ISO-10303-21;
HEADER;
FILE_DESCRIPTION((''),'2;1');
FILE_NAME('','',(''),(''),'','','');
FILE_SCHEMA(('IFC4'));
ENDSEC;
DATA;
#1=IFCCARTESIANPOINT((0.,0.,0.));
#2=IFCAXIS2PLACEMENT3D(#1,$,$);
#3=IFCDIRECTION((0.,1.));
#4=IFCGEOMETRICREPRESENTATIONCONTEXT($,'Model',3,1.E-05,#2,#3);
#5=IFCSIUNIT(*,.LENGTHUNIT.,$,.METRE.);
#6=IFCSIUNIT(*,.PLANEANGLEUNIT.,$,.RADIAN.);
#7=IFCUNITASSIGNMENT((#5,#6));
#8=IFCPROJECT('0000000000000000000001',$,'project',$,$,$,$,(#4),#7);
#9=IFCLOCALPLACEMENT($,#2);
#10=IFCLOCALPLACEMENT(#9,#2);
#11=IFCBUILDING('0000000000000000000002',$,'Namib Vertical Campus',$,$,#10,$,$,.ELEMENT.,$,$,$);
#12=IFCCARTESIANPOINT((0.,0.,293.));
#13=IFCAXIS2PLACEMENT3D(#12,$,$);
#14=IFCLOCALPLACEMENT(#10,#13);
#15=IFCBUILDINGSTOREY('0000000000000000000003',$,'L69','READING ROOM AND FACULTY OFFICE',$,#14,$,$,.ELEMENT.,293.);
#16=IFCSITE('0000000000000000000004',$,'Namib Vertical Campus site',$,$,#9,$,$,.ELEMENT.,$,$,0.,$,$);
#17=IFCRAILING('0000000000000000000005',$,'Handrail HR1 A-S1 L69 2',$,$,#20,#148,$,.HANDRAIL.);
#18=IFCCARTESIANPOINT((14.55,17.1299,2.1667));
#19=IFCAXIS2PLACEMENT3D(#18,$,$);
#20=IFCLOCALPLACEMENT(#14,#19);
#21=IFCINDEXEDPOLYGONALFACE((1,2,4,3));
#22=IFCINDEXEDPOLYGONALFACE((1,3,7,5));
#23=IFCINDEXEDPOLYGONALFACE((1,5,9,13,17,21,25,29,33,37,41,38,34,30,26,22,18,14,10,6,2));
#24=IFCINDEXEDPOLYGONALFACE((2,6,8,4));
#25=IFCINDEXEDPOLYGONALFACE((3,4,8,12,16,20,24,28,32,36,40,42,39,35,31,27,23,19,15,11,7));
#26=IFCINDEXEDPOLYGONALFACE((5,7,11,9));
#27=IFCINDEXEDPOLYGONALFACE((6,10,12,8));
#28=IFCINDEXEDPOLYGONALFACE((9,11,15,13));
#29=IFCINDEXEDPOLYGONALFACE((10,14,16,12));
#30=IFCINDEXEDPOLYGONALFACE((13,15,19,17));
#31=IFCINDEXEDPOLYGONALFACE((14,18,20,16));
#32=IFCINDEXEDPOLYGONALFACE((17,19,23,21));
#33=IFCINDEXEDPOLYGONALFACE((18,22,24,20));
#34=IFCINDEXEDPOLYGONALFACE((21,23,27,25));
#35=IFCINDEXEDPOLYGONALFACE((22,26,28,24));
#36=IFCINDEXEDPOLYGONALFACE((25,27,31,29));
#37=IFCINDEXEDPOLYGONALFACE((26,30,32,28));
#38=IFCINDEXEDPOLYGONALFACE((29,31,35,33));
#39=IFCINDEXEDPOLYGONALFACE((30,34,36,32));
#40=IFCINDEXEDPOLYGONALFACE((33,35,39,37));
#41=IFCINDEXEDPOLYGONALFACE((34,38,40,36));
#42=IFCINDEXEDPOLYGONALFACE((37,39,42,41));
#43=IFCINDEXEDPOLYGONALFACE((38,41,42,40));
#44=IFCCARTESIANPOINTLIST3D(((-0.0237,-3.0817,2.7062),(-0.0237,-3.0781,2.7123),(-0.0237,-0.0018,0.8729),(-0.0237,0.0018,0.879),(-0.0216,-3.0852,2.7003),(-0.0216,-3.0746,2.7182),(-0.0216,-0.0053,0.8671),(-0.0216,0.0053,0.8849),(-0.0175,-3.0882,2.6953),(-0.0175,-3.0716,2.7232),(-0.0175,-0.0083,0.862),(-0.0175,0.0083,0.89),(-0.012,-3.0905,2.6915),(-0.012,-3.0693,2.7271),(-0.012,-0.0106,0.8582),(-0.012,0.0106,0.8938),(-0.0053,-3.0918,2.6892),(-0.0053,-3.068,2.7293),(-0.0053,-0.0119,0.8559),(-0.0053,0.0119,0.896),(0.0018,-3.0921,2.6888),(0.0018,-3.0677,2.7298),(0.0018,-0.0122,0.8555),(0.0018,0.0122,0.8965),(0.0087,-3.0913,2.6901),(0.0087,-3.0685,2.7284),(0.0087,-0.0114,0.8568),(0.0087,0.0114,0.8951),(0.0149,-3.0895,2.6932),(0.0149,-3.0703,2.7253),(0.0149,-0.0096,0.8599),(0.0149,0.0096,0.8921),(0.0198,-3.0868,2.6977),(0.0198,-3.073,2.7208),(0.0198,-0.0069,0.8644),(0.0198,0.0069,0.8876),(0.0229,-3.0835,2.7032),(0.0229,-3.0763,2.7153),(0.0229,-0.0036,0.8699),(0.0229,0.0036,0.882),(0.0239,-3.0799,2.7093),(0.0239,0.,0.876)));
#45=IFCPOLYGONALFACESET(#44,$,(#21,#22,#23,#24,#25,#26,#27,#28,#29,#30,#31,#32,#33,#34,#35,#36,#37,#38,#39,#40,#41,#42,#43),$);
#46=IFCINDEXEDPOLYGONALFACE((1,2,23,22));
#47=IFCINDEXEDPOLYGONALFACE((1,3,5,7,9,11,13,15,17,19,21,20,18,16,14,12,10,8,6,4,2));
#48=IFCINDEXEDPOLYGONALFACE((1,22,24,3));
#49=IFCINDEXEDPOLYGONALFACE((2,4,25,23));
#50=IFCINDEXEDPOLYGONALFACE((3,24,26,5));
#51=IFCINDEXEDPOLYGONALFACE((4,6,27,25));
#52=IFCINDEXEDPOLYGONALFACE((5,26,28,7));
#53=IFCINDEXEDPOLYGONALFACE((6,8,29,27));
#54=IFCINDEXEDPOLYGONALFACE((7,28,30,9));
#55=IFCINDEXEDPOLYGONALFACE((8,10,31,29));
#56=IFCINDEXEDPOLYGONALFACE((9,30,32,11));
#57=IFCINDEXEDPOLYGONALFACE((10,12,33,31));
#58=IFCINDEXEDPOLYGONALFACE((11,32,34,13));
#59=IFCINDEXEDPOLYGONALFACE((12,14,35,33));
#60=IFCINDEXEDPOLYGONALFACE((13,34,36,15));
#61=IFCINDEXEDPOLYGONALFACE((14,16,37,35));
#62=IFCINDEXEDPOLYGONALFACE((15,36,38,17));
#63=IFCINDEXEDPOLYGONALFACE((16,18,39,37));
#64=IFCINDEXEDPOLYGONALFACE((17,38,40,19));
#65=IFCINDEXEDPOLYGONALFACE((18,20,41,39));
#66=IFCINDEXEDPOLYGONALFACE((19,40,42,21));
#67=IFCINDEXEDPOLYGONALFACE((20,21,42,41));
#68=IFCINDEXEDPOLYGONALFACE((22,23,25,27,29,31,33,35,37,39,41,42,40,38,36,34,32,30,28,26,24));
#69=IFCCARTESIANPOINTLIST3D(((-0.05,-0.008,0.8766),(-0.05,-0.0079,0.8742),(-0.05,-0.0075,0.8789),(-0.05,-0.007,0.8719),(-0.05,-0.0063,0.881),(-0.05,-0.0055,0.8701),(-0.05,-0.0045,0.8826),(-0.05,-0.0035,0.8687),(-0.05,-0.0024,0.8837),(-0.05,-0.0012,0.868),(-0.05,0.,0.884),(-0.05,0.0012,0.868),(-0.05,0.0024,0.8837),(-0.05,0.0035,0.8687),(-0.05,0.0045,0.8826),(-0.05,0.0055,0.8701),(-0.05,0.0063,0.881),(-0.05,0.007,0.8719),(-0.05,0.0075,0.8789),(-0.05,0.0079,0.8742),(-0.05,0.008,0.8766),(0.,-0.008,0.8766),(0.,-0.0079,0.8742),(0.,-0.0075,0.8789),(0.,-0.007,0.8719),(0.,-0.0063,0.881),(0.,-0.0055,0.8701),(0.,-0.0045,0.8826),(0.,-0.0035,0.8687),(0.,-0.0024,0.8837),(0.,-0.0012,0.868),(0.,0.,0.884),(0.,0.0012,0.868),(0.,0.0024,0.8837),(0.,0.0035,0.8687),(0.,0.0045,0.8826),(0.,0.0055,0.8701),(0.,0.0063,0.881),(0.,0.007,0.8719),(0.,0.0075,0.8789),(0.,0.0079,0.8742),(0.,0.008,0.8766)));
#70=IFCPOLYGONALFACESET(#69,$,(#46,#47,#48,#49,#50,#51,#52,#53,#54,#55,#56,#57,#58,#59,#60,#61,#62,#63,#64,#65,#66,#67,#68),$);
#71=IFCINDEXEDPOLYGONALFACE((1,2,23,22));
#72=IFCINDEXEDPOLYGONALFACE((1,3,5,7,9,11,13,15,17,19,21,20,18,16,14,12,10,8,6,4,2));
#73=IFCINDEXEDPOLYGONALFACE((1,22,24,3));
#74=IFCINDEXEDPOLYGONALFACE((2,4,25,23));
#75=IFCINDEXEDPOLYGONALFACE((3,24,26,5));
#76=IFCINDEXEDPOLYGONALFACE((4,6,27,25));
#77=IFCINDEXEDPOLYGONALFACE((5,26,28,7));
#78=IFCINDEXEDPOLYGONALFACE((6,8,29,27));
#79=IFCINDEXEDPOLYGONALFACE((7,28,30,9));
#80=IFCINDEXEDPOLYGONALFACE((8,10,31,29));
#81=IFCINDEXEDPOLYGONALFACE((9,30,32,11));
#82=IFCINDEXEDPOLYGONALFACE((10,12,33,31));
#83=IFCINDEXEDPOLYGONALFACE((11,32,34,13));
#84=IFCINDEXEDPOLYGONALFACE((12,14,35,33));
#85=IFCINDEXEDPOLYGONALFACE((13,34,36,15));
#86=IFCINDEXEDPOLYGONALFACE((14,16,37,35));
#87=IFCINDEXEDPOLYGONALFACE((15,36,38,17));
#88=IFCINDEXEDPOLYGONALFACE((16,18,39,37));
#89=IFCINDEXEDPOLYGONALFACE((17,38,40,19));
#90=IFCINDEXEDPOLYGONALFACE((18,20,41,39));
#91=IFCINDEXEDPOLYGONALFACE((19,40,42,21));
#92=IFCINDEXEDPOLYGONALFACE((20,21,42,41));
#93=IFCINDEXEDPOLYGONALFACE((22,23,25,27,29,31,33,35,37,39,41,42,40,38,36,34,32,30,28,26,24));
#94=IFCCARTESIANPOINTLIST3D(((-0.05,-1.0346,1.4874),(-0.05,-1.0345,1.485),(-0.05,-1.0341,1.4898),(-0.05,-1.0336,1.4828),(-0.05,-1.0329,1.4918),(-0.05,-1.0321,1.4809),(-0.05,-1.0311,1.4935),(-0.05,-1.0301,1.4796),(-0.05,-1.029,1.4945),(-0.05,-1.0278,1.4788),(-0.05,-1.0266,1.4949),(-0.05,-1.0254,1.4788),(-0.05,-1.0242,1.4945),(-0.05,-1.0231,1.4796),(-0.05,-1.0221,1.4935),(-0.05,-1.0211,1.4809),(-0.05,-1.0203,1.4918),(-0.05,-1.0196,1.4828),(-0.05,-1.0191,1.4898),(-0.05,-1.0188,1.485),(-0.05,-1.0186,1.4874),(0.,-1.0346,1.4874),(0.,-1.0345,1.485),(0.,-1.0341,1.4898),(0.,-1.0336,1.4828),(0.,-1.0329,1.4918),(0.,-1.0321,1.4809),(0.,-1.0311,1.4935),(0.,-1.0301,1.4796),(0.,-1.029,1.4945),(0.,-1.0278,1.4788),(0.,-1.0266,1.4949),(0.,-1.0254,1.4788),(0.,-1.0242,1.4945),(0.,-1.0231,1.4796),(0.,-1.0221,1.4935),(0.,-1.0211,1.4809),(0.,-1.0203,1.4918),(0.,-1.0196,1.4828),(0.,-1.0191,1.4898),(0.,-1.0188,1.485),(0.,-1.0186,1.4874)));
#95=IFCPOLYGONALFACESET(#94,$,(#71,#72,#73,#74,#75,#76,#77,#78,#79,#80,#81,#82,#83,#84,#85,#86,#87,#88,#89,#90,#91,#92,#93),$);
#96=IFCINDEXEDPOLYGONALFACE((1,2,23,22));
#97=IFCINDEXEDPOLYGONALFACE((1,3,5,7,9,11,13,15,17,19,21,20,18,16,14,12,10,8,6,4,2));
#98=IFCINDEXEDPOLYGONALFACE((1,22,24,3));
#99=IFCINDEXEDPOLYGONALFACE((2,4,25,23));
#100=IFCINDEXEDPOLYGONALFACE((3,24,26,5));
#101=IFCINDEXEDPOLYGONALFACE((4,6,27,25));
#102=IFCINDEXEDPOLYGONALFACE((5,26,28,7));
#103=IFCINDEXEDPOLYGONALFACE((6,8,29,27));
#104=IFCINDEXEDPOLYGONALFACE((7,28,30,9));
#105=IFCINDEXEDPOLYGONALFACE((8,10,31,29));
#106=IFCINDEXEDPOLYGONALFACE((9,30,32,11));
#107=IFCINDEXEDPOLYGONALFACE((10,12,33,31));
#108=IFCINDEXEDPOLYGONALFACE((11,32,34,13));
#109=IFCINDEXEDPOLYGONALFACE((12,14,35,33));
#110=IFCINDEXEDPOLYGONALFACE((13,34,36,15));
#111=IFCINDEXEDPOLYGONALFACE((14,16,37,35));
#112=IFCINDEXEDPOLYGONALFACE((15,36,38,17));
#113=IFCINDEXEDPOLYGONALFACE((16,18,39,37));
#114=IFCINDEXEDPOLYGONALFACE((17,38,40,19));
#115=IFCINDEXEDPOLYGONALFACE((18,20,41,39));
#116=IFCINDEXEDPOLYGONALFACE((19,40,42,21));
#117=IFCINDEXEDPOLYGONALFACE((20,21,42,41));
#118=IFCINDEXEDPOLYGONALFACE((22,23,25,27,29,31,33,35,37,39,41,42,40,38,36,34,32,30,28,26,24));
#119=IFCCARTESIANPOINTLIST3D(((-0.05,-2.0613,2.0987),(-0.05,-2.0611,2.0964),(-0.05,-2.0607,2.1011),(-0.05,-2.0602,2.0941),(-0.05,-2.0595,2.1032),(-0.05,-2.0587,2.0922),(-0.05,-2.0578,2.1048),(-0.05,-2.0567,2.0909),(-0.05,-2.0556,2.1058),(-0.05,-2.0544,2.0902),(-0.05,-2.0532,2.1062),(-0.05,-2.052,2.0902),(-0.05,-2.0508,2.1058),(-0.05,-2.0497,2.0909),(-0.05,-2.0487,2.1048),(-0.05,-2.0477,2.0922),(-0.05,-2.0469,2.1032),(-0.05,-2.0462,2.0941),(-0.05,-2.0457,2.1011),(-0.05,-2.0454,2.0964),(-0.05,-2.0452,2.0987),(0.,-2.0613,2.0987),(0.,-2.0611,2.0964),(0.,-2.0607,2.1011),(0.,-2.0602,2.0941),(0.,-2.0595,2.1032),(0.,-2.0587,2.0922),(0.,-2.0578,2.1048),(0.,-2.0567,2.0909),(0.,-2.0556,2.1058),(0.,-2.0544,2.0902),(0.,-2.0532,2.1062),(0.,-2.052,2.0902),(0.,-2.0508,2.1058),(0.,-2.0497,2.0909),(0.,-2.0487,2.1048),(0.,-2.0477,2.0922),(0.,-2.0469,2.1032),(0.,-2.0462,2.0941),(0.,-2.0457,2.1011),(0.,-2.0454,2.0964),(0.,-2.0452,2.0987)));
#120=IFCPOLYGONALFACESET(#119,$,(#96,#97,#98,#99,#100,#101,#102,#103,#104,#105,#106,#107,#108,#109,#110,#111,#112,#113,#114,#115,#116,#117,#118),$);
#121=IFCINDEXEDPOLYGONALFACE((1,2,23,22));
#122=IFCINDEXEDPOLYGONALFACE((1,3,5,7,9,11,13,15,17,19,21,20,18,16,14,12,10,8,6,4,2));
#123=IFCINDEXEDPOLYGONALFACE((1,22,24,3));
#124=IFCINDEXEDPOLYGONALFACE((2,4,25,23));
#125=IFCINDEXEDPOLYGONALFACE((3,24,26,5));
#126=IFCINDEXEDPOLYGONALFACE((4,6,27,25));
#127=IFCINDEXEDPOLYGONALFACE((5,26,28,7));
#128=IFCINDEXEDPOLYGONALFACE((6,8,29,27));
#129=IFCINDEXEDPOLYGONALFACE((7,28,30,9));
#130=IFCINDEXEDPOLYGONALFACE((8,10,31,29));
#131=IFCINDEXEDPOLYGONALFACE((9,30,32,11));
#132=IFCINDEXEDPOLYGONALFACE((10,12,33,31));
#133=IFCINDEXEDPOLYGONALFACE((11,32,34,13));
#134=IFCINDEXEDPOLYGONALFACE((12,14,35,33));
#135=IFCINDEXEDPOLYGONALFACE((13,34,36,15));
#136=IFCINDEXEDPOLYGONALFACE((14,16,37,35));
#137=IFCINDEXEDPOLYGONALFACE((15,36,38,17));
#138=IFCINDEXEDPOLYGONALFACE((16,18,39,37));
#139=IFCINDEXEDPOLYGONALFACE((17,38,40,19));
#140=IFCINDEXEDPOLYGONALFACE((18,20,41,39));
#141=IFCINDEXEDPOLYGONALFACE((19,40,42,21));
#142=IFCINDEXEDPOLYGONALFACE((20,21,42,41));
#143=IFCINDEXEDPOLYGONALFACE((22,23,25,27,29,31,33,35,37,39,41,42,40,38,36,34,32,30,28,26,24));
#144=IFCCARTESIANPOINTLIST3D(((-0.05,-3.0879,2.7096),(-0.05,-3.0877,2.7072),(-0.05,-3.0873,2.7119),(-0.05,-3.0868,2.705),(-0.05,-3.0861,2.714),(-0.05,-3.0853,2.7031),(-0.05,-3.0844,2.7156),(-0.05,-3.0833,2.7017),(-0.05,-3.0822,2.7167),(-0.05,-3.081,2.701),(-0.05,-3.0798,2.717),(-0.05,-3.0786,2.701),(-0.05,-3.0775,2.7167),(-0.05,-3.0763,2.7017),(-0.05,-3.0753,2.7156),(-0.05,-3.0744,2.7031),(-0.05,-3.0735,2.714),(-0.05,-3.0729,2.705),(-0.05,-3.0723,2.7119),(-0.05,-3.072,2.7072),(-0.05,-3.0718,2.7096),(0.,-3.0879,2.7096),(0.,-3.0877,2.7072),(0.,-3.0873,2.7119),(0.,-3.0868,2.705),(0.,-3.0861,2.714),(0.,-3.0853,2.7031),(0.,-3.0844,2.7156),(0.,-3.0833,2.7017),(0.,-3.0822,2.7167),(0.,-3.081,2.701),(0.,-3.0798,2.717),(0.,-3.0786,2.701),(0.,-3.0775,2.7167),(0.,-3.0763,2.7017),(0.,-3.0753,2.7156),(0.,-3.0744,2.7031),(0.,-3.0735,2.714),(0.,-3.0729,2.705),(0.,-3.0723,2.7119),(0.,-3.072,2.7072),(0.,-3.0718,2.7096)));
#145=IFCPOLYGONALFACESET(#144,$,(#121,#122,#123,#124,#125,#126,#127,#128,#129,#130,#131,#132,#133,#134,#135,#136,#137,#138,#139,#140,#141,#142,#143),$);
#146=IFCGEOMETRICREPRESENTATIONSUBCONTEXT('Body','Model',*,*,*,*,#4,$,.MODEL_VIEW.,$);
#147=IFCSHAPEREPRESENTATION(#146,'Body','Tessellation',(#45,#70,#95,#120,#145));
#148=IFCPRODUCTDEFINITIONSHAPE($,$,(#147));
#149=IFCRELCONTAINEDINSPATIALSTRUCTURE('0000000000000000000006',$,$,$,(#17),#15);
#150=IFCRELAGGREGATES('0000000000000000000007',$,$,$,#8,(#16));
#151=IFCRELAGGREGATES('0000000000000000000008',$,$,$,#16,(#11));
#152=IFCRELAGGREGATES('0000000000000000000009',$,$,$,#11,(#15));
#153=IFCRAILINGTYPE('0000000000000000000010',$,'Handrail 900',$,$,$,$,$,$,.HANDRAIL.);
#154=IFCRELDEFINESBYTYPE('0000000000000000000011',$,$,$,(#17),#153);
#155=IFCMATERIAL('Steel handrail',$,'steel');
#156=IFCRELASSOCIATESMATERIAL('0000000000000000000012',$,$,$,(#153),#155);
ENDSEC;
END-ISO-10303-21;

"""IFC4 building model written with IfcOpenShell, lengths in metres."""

from ifc_helpers import new_model, si_unit, direction, frame, origin, origin_2d, place, context, subcontext, project, spatial, circle, extrude, material, type_object, element, save


model = new_model("IFC4")

# Units and contexts
model_context = context("Model", 3, precision=1e-05, world=origin(), true_north=direction((0.0, 1.0)))
body_context = subcontext(model_context, "Body", "Model", "MODEL_VIEW")
ifc_project = project(units=[si_unit("LENGTHUNIT", "METRE"), si_unit("PLANEANGLEUNIT", "RADIAN")], contexts=[model_context])

# Site, building, storey
site_placement = place(None, origin())
site = spatial("IfcSite", under=ifc_project, at=site_placement, Name="Namib Vertical Campus site", CompositionType="ELEMENT", RefElevation=0.0)
building_placement = place(site_placement, origin())
building = spatial("IfcBuilding", under=site, at=building_placement, Name="Namib Vertical Campus", CompositionType="ELEMENT")
storey_placement = place(building_placement, frame((0.0, 0.0, 293.0)))
storey = spatial("IfcBuildingStorey", under=building, at=storey_placement, Name="L69", Description="READING ROOM AND FACULTY OFFICE", CompositionType="ELEMENT", Elevation=293.0)

# Railing
ifc_material_1 = material(Name="Steel handrail", Category="steel")
railing_type_1 = type_object("IfcRailingType", Name="Handrail 900", PredefinedType="HANDRAIL", material=ifc_material_1)
railing_1_placement = place(storey_placement, frame((14.55, 17.1299, 2.1667)))
element("IfcRailing", 1, at=railing_1_placement, inside=storey, type_object=railing_type_1, Name="Handrail HR1 A-S1 L69 2", PredefinedType="HANDRAIL", context=body_context, shape_type="SweptSolid", body=[
    extrude(circle(Radius=0.0239, at=origin_2d()), frame((0.0, 0.0, 0.876), z_axis=(0.0, -0.859291, 0.511487), x_axis=(1.0, 0.0, 0.0)), (0.0, 0.0, 1.0), 3.5842),
    extrude(circle(Radius=0.0081, at=origin_2d()), frame((0.0, 0.0, 0.876), z_axis=(-1.0, 0.0, 0.0), x_axis=(0.0, 0.0, 1.0)), (0.0, 0.0, 1.0), 0.05),
    extrude(circle(Radius=0.0081, at=origin_2d()), frame((0.0, -1.0266, 1.4868), z_axis=(-1.0, 0.0, 0.0), x_axis=(0.0, 0.0, 1.0)), (0.0, 0.0, 1.0), 0.05),
    extrude(circle(Radius=0.0081, at=origin_2d()), frame((0.0, -2.0532, 2.0981), z_axis=(-1.0, 0.0, 0.0), x_axis=(0.0, 0.0, 1.0)), (0.0, 0.0, 1.0), 0.05),
    extrude(circle(Radius=0.0081, at=origin_2d()), frame((0.0, -3.0798, 2.709), z_axis=(-1.0, 0.0, 0.0), x_axis=(0.0, 0.0, 1.0)), (0.0, 0.0, 1.0), 0.05),
])

save(model, "model.ifc")
